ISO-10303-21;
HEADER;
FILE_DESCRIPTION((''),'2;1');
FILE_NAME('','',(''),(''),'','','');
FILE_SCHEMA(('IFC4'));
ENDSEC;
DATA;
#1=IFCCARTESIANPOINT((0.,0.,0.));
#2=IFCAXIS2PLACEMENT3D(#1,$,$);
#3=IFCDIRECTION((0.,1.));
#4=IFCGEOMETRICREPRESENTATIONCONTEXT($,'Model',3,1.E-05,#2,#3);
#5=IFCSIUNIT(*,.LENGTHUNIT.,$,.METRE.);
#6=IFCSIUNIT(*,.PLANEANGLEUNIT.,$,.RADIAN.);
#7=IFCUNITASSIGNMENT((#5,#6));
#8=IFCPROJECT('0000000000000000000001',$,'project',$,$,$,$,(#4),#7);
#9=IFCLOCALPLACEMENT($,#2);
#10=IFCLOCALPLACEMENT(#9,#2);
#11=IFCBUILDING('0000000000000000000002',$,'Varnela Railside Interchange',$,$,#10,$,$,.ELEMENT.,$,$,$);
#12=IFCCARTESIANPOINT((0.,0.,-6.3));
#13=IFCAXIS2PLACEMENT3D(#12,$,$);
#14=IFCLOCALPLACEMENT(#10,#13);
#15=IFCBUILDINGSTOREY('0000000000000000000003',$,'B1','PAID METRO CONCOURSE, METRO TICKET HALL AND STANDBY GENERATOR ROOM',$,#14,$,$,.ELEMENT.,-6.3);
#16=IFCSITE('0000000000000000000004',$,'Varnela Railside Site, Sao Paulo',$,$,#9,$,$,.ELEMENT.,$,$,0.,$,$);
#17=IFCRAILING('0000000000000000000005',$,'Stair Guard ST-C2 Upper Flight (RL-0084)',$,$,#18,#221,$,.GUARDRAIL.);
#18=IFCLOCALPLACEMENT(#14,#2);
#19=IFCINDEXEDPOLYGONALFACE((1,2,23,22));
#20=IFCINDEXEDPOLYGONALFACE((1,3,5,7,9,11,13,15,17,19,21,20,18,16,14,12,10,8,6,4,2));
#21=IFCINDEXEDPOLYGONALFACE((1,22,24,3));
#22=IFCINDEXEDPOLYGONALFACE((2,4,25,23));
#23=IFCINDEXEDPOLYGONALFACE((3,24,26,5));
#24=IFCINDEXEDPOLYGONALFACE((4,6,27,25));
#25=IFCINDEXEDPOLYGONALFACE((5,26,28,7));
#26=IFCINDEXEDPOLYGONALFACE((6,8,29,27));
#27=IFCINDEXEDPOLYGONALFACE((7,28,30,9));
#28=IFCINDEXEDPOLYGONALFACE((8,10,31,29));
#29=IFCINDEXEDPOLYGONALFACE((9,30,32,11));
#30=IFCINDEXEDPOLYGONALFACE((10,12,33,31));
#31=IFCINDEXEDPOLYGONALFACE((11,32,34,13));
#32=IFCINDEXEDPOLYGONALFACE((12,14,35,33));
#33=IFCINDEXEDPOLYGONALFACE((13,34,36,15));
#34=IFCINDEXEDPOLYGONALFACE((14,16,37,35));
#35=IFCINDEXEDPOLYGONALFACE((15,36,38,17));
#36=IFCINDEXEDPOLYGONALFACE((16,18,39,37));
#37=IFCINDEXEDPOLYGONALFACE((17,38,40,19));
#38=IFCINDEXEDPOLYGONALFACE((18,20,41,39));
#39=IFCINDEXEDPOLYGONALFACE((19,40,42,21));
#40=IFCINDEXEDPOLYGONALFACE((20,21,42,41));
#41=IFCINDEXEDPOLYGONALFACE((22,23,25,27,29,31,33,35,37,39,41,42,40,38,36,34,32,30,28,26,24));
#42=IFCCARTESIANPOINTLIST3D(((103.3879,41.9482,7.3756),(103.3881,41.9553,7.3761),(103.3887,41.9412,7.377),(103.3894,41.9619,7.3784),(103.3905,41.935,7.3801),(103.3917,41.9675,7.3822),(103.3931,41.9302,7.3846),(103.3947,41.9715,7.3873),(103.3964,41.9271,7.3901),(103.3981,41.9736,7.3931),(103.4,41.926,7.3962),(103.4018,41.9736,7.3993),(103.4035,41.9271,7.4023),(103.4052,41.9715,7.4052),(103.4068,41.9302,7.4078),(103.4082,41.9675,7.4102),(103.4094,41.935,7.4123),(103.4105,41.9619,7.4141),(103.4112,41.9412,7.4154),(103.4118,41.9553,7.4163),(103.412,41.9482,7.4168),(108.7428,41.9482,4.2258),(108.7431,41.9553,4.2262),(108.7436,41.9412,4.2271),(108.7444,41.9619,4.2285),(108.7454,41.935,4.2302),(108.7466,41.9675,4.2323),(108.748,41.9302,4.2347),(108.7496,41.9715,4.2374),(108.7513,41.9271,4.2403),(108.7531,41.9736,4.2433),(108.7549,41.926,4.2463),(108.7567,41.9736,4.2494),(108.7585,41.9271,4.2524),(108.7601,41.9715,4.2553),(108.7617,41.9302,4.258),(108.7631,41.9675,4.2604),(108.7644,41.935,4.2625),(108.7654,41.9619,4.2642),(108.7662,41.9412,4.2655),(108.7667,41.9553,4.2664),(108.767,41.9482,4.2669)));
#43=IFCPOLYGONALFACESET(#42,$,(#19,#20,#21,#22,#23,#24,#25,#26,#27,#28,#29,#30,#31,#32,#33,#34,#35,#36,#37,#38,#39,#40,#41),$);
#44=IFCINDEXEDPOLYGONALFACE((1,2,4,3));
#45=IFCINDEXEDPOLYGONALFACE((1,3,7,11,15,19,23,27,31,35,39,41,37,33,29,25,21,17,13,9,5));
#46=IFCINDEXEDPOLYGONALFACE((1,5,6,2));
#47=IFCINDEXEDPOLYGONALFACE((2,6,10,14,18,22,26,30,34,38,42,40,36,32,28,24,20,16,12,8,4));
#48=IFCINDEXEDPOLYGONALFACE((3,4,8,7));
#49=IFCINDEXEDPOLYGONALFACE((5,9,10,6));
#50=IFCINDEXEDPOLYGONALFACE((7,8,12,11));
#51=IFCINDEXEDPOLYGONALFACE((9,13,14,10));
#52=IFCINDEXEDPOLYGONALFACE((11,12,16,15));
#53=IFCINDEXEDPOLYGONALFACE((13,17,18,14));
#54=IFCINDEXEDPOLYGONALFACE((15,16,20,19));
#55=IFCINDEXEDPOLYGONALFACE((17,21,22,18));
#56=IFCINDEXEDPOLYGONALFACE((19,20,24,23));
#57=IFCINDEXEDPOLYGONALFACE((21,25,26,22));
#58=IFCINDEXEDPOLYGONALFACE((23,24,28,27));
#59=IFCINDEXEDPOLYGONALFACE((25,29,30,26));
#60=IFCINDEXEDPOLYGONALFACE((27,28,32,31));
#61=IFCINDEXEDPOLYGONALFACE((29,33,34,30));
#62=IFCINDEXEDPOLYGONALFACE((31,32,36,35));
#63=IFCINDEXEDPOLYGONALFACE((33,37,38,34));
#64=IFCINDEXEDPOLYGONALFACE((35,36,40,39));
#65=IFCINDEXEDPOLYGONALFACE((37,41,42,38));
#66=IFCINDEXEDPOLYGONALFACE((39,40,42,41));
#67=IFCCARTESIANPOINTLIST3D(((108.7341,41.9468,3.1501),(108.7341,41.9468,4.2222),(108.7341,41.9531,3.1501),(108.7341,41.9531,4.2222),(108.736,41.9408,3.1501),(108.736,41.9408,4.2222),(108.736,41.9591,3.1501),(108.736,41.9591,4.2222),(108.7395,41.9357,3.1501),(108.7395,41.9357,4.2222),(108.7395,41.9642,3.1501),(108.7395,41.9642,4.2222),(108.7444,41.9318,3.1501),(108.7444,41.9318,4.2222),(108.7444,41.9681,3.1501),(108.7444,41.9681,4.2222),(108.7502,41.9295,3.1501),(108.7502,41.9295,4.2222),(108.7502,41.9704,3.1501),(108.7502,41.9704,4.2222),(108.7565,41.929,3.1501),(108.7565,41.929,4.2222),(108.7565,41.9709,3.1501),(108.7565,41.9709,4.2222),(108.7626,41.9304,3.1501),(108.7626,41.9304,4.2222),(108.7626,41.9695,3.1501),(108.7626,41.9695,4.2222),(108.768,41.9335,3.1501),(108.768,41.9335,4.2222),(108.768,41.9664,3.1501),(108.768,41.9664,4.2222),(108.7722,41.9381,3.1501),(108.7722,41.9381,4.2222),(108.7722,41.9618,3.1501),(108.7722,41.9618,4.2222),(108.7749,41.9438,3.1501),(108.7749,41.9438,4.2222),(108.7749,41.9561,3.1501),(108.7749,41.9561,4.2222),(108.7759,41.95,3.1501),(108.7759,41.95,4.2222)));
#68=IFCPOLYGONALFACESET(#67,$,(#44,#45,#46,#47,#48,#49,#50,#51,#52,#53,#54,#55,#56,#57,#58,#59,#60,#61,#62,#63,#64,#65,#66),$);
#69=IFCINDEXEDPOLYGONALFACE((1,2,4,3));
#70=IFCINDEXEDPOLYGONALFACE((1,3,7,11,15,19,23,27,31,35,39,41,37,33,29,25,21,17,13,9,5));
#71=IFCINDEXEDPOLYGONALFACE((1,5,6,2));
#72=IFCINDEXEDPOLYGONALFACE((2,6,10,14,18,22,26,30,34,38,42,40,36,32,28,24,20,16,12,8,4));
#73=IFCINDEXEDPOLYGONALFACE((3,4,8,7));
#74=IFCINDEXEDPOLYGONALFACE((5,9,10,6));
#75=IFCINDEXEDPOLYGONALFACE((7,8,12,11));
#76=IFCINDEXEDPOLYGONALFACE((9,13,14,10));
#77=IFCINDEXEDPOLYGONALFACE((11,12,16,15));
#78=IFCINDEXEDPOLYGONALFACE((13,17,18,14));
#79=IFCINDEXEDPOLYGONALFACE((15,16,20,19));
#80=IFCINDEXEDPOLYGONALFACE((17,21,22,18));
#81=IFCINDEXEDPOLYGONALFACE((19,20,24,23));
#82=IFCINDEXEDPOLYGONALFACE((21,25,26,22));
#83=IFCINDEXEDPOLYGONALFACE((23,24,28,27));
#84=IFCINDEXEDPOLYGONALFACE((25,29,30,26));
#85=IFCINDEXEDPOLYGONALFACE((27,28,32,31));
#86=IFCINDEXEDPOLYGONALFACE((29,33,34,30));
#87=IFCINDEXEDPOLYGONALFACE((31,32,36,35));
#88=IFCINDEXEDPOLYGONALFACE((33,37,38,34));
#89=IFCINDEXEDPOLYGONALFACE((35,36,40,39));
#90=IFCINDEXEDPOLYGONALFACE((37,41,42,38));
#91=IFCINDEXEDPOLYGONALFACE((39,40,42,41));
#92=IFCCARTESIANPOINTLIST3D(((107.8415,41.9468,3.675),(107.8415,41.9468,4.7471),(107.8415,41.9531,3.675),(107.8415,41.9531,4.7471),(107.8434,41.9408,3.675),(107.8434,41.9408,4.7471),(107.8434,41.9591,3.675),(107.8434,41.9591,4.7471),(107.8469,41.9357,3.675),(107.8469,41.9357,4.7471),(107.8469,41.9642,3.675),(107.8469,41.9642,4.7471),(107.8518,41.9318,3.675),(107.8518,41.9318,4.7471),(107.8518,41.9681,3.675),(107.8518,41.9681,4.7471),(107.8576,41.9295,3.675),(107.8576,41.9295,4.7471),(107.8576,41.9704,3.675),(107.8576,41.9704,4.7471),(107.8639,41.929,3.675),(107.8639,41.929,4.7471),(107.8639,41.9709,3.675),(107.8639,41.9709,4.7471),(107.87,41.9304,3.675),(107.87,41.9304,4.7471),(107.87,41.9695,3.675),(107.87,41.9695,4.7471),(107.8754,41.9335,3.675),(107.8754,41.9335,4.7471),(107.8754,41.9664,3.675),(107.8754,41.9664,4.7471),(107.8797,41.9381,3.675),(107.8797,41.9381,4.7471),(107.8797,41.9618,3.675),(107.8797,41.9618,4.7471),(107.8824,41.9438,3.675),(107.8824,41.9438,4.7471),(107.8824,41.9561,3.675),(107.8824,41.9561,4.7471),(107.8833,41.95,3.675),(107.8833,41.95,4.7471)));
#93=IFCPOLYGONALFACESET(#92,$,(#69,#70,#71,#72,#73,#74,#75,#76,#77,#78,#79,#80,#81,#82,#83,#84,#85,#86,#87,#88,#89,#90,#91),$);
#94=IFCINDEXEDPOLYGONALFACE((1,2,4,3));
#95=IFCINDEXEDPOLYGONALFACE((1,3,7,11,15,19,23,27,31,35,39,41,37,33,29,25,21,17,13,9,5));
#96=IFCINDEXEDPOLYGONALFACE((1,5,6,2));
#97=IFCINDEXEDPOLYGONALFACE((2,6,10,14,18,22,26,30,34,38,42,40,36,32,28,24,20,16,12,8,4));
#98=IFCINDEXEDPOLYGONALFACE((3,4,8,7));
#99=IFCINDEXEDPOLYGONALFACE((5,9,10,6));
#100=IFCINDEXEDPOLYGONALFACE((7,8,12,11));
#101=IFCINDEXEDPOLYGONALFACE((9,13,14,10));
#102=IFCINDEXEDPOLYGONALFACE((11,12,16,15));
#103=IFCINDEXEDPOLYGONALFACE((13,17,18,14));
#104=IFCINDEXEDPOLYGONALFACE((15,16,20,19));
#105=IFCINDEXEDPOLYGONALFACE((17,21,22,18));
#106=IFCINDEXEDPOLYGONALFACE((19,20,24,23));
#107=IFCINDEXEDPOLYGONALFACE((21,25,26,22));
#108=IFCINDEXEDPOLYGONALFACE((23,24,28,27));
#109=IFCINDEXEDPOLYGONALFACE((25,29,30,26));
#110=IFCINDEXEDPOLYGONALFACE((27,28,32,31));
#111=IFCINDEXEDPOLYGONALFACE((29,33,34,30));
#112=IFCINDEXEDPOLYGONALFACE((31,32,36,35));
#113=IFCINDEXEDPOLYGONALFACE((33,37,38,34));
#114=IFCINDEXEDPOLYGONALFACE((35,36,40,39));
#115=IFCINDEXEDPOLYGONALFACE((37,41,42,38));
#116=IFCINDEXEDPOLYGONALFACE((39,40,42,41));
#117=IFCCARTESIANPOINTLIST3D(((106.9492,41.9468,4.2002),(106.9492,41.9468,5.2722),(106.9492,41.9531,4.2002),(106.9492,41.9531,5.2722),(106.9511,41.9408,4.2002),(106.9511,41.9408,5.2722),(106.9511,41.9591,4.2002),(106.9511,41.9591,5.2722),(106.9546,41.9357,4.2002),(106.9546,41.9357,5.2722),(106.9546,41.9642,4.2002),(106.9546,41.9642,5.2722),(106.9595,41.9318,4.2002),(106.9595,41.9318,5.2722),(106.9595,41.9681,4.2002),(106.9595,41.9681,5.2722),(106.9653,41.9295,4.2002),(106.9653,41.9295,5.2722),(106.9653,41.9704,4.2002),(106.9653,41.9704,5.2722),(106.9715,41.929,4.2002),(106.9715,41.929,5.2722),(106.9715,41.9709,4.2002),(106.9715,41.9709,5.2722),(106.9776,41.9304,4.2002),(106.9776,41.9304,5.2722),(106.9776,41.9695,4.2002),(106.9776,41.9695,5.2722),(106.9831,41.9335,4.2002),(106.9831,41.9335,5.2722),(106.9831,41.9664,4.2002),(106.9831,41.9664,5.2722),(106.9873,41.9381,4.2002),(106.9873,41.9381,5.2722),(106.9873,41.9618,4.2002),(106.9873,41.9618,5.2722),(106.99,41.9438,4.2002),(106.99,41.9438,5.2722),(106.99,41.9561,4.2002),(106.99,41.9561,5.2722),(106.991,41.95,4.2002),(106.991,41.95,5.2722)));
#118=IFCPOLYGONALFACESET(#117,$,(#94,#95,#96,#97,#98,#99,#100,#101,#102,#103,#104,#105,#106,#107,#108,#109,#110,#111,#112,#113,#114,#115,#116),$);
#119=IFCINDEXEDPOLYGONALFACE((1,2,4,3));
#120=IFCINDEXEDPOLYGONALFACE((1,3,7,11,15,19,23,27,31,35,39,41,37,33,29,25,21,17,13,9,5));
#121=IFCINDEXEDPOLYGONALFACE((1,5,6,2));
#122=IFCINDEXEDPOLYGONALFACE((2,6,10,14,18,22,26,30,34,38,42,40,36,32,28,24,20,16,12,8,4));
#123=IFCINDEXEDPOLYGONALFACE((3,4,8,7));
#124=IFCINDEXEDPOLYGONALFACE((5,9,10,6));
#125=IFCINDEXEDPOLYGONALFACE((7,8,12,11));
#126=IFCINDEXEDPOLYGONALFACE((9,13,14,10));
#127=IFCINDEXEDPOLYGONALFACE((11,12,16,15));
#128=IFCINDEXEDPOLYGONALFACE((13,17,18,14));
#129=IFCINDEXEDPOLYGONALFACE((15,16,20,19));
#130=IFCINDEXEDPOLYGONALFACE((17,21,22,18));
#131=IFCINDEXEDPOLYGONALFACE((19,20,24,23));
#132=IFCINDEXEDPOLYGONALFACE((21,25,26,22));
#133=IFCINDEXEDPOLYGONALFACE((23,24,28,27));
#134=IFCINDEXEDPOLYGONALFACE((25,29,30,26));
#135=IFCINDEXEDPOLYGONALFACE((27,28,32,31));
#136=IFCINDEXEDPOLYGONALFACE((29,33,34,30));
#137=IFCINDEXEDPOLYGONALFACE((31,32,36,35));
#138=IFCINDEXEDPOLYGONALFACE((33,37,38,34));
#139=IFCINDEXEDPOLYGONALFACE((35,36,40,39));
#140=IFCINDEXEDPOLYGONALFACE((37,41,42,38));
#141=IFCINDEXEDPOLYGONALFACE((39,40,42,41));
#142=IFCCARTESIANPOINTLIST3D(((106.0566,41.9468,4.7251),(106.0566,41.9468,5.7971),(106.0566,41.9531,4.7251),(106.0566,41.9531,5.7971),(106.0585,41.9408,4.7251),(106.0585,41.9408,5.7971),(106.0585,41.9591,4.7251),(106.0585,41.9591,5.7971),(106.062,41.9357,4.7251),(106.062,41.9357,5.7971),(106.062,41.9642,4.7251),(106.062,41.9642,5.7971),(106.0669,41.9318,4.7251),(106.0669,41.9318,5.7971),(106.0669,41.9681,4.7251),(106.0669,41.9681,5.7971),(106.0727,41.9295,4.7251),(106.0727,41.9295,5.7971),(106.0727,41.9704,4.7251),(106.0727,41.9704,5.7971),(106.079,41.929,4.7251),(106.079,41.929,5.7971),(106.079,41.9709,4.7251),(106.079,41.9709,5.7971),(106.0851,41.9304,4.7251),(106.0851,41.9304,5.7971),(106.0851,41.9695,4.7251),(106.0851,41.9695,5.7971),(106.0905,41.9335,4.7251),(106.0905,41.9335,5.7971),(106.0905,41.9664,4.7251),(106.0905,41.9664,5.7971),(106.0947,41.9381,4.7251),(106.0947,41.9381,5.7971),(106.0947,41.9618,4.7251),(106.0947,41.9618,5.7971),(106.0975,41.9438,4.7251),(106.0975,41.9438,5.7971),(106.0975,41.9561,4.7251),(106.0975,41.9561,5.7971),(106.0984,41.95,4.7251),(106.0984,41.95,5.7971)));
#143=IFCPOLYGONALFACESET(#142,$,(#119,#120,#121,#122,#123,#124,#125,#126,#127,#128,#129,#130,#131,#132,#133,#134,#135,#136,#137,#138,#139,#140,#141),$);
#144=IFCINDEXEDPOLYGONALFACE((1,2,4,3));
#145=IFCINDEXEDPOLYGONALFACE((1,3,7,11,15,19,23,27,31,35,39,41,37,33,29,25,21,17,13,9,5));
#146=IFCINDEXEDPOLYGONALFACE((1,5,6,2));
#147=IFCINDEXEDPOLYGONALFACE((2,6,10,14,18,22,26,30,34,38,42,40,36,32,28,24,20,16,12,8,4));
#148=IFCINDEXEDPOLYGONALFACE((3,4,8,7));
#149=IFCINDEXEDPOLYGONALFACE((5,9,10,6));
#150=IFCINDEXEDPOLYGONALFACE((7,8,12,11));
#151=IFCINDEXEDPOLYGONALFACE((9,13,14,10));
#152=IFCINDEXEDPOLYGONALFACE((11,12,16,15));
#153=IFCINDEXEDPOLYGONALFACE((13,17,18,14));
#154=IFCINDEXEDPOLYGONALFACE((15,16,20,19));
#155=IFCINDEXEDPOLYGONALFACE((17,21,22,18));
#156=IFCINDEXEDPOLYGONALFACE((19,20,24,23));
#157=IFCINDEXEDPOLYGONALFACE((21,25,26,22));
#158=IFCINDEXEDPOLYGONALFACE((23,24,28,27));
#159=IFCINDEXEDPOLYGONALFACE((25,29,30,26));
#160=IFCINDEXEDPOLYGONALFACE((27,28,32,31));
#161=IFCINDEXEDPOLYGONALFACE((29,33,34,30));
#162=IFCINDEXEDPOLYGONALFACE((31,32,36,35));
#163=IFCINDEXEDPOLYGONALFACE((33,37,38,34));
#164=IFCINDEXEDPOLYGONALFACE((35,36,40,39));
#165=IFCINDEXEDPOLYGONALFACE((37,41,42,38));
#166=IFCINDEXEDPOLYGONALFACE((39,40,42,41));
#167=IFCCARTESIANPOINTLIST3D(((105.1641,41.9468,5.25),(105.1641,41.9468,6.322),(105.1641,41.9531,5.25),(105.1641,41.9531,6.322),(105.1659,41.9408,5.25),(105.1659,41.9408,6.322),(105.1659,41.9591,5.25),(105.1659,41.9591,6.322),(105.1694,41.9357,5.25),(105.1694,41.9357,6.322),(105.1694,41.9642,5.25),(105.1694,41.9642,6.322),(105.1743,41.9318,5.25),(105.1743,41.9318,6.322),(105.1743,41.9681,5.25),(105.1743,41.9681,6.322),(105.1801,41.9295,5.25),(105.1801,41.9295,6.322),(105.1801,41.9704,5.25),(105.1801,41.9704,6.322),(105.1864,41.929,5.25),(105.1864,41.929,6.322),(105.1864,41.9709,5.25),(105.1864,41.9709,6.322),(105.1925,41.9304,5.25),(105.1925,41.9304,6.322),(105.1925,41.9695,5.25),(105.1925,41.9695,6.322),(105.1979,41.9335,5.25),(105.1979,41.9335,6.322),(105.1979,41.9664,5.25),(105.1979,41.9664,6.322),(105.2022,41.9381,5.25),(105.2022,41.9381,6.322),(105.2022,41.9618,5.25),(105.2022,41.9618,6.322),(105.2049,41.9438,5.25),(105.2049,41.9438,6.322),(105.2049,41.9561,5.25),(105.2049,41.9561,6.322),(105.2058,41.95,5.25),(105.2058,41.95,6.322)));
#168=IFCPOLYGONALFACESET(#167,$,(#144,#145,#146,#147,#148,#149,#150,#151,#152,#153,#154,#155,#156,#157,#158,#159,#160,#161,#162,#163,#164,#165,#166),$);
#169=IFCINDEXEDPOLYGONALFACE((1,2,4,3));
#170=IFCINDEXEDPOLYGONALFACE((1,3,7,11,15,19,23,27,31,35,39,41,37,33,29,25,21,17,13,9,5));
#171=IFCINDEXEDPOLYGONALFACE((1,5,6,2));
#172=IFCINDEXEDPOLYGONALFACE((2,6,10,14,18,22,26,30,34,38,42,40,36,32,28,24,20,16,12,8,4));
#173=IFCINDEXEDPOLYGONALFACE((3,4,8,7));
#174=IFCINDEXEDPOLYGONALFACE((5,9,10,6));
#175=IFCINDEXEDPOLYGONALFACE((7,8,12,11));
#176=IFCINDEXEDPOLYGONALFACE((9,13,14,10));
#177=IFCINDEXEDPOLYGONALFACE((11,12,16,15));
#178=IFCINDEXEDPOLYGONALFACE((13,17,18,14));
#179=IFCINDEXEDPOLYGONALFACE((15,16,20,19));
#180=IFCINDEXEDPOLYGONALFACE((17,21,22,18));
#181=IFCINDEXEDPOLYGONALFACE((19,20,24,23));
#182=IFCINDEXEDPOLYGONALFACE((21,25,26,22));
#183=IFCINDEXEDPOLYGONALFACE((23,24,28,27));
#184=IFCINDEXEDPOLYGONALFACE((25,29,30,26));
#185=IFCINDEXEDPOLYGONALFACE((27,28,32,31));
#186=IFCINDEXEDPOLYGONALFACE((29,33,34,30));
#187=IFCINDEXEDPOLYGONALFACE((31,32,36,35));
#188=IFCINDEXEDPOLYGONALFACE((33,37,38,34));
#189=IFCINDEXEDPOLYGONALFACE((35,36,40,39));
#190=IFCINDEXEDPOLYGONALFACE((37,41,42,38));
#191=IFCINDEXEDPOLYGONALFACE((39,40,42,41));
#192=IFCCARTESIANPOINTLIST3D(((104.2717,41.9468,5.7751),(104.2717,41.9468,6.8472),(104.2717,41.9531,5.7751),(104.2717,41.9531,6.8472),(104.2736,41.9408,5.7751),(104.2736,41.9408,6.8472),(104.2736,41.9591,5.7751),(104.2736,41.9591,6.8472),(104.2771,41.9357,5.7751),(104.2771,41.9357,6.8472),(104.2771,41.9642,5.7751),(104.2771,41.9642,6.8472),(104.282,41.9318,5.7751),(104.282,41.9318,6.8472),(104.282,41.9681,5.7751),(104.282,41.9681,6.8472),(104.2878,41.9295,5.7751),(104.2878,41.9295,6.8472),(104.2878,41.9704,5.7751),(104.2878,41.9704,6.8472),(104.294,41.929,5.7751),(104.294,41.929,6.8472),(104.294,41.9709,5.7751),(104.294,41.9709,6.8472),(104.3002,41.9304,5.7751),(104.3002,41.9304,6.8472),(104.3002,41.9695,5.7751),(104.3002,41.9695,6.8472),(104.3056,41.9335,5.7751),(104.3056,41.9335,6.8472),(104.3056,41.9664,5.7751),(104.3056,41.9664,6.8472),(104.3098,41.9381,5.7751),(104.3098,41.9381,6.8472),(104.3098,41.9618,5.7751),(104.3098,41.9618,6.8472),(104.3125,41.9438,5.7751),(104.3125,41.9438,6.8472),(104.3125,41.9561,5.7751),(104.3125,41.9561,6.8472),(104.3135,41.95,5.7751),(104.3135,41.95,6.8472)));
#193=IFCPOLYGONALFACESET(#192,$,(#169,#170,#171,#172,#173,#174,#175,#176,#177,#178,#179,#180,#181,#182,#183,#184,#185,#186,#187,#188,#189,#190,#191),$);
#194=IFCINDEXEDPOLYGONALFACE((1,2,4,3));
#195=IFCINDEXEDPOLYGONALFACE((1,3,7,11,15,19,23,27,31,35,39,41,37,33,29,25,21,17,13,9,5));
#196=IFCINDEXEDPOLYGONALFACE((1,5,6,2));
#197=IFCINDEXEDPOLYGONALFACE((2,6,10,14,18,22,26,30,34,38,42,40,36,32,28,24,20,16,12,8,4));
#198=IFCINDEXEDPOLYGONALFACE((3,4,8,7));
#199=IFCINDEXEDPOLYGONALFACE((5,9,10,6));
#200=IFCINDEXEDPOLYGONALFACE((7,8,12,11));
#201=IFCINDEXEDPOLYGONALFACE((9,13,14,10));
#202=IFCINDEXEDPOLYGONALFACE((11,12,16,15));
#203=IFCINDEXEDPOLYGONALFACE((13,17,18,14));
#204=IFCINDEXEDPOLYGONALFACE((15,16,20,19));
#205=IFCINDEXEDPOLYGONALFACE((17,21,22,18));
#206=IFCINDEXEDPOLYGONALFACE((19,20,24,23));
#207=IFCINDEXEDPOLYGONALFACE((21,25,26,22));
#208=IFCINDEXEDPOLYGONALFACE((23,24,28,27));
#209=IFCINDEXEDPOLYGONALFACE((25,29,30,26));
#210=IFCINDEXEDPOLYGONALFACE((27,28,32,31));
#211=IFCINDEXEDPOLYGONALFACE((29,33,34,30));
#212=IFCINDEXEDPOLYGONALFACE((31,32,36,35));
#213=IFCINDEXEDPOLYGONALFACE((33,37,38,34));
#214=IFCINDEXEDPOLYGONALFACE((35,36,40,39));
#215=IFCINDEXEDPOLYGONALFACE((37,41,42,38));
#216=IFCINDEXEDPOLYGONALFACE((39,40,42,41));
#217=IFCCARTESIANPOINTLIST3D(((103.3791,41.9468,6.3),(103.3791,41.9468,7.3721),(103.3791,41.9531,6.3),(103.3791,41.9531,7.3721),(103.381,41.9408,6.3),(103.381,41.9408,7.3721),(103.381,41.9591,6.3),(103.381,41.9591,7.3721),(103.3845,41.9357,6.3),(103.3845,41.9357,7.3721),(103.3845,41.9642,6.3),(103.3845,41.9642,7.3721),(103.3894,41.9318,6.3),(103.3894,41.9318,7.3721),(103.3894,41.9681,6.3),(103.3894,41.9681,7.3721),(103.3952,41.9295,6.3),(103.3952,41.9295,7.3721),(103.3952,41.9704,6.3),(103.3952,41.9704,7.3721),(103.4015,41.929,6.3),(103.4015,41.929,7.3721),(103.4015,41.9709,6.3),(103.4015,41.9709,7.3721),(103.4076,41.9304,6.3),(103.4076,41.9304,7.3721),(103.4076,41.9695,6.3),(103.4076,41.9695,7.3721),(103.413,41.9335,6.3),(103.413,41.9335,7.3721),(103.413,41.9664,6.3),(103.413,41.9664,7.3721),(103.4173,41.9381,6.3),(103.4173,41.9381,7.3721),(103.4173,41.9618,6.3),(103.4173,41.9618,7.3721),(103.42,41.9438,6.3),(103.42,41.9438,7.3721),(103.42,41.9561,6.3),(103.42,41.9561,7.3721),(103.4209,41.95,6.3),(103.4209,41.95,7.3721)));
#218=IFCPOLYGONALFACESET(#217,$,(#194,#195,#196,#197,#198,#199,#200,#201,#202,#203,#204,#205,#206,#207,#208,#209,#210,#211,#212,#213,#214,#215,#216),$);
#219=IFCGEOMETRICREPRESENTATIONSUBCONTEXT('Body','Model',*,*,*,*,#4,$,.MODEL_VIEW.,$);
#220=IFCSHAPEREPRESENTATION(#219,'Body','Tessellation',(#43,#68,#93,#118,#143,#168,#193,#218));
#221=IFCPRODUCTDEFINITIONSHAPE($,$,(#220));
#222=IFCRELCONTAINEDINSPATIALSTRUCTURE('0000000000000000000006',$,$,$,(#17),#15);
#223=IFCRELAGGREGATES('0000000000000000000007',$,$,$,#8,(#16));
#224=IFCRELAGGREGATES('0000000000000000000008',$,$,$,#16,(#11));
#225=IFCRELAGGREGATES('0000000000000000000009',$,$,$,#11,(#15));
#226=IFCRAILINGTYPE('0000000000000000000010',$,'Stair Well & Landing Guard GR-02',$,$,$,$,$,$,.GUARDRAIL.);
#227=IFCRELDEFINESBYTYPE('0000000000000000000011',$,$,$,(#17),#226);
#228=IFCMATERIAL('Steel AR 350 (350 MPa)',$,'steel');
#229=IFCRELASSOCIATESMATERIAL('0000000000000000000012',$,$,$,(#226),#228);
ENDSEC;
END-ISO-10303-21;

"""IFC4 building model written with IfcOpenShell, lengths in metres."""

from ifc_helpers import new_model, si_unit, direction, frame, origin, origin_2d, place, context, subcontext, project, spatial, circle, extrude, material, type_object, element, save


model = new_model("IFC4")

# Units and contexts
model_context = context("Model", 3, precision=1e-05, world=origin(), true_north=direction((0.0, 1.0)))
body_context = subcontext(model_context, "Body", "Model", "MODEL_VIEW")
ifc_project = project(units=[si_unit("LENGTHUNIT", "METRE"), si_unit("PLANEANGLEUNIT", "RADIAN")], contexts=[model_context])

# Site, building, storey
site_placement = place(None, origin())
site = spatial("IfcSite", under=ifc_project, at=site_placement, Name="Varnela Railside Site, Sao Paulo", CompositionType="ELEMENT", RefElevation=0.0)
building_placement = place(site_placement, origin())
building = spatial("IfcBuilding", under=site, at=building_placement, Name="Varnela Railside Interchange", CompositionType="ELEMENT")
storey_placement = place(building_placement, frame((0.0, 0.0, -6.3)))
storey = spatial("IfcBuildingStorey", under=building, at=storey_placement, Name="B1", Description="PAID METRO CONCOURSE, METRO TICKET HALL AND STANDBY GENERATOR ROOM", CompositionType="ELEMENT", Elevation=-6.3)

# Shared definitions
ifc_material_1 = material(Name="Steel AR 350 (350 MPa)", Category="steel")

# Railing
railing_type_1 = type_object("IfcRailingType", Name="Stair Well & Landing Guard GR-02", PredefinedType="GUARDRAIL", material=ifc_material_1)
railing_1_placement = place(storey_placement, frame((108.7549, 41.95, 3.1501)))
element("IfcRailing", 1, at=railing_1_placement, inside=storey, type_object=railing_type_1, Name="Stair Guard ST-C2 Upper Flight (RL-0084)", PredefinedType="GUARDRAIL", context=body_context, shape_type="SweptSolid", body=[
    extrude(circle(Radius=0.0239, at=origin_2d()), frame((0.0, 0.0, 1.0962), z_axis=(-0.86194, 0.0, 0.50701), x_axis=(0.0, -1.0, 0.0)), (0.0, 0.0, 1.0), 6.2126),
    extrude(circle(Radius=0.021, at=origin_2d()), origin(), (0.0, 0.0, 1.0), 1.072),
    extrude(circle(Radius=0.021, at=origin_2d()), frame((-0.8926, 0.0, 0.5249)), (0.0, 0.0, 1.0), 1.072),
    extrude(circle(Radius=0.021, at=origin_2d()), frame((-1.7849, 0.0, 1.05)), (0.0, 0.0, 1.0), 1.072),
    extrude(circle(Radius=0.021, at=origin_2d()), frame((-2.6775, 0.0, 1.575)), (0.0, 0.0, 1.0), 1.072),
    extrude(circle(Radius=0.021, at=origin_2d()), frame((-3.5701, 0.0, 2.0999)), (0.0, 0.0, 1.0), 1.072),
    extrude(circle(Radius=0.021, at=origin_2d()), frame((-4.4624, 0.0, 2.625)), (0.0, 0.0, 1.0), 1.072),
    extrude(circle(Radius=0.021, at=origin_2d()), frame((-5.355, 0.0, 3.1499)), (0.0, 0.0, 1.0), 1.072),
])

save(model, "model.ifc")
